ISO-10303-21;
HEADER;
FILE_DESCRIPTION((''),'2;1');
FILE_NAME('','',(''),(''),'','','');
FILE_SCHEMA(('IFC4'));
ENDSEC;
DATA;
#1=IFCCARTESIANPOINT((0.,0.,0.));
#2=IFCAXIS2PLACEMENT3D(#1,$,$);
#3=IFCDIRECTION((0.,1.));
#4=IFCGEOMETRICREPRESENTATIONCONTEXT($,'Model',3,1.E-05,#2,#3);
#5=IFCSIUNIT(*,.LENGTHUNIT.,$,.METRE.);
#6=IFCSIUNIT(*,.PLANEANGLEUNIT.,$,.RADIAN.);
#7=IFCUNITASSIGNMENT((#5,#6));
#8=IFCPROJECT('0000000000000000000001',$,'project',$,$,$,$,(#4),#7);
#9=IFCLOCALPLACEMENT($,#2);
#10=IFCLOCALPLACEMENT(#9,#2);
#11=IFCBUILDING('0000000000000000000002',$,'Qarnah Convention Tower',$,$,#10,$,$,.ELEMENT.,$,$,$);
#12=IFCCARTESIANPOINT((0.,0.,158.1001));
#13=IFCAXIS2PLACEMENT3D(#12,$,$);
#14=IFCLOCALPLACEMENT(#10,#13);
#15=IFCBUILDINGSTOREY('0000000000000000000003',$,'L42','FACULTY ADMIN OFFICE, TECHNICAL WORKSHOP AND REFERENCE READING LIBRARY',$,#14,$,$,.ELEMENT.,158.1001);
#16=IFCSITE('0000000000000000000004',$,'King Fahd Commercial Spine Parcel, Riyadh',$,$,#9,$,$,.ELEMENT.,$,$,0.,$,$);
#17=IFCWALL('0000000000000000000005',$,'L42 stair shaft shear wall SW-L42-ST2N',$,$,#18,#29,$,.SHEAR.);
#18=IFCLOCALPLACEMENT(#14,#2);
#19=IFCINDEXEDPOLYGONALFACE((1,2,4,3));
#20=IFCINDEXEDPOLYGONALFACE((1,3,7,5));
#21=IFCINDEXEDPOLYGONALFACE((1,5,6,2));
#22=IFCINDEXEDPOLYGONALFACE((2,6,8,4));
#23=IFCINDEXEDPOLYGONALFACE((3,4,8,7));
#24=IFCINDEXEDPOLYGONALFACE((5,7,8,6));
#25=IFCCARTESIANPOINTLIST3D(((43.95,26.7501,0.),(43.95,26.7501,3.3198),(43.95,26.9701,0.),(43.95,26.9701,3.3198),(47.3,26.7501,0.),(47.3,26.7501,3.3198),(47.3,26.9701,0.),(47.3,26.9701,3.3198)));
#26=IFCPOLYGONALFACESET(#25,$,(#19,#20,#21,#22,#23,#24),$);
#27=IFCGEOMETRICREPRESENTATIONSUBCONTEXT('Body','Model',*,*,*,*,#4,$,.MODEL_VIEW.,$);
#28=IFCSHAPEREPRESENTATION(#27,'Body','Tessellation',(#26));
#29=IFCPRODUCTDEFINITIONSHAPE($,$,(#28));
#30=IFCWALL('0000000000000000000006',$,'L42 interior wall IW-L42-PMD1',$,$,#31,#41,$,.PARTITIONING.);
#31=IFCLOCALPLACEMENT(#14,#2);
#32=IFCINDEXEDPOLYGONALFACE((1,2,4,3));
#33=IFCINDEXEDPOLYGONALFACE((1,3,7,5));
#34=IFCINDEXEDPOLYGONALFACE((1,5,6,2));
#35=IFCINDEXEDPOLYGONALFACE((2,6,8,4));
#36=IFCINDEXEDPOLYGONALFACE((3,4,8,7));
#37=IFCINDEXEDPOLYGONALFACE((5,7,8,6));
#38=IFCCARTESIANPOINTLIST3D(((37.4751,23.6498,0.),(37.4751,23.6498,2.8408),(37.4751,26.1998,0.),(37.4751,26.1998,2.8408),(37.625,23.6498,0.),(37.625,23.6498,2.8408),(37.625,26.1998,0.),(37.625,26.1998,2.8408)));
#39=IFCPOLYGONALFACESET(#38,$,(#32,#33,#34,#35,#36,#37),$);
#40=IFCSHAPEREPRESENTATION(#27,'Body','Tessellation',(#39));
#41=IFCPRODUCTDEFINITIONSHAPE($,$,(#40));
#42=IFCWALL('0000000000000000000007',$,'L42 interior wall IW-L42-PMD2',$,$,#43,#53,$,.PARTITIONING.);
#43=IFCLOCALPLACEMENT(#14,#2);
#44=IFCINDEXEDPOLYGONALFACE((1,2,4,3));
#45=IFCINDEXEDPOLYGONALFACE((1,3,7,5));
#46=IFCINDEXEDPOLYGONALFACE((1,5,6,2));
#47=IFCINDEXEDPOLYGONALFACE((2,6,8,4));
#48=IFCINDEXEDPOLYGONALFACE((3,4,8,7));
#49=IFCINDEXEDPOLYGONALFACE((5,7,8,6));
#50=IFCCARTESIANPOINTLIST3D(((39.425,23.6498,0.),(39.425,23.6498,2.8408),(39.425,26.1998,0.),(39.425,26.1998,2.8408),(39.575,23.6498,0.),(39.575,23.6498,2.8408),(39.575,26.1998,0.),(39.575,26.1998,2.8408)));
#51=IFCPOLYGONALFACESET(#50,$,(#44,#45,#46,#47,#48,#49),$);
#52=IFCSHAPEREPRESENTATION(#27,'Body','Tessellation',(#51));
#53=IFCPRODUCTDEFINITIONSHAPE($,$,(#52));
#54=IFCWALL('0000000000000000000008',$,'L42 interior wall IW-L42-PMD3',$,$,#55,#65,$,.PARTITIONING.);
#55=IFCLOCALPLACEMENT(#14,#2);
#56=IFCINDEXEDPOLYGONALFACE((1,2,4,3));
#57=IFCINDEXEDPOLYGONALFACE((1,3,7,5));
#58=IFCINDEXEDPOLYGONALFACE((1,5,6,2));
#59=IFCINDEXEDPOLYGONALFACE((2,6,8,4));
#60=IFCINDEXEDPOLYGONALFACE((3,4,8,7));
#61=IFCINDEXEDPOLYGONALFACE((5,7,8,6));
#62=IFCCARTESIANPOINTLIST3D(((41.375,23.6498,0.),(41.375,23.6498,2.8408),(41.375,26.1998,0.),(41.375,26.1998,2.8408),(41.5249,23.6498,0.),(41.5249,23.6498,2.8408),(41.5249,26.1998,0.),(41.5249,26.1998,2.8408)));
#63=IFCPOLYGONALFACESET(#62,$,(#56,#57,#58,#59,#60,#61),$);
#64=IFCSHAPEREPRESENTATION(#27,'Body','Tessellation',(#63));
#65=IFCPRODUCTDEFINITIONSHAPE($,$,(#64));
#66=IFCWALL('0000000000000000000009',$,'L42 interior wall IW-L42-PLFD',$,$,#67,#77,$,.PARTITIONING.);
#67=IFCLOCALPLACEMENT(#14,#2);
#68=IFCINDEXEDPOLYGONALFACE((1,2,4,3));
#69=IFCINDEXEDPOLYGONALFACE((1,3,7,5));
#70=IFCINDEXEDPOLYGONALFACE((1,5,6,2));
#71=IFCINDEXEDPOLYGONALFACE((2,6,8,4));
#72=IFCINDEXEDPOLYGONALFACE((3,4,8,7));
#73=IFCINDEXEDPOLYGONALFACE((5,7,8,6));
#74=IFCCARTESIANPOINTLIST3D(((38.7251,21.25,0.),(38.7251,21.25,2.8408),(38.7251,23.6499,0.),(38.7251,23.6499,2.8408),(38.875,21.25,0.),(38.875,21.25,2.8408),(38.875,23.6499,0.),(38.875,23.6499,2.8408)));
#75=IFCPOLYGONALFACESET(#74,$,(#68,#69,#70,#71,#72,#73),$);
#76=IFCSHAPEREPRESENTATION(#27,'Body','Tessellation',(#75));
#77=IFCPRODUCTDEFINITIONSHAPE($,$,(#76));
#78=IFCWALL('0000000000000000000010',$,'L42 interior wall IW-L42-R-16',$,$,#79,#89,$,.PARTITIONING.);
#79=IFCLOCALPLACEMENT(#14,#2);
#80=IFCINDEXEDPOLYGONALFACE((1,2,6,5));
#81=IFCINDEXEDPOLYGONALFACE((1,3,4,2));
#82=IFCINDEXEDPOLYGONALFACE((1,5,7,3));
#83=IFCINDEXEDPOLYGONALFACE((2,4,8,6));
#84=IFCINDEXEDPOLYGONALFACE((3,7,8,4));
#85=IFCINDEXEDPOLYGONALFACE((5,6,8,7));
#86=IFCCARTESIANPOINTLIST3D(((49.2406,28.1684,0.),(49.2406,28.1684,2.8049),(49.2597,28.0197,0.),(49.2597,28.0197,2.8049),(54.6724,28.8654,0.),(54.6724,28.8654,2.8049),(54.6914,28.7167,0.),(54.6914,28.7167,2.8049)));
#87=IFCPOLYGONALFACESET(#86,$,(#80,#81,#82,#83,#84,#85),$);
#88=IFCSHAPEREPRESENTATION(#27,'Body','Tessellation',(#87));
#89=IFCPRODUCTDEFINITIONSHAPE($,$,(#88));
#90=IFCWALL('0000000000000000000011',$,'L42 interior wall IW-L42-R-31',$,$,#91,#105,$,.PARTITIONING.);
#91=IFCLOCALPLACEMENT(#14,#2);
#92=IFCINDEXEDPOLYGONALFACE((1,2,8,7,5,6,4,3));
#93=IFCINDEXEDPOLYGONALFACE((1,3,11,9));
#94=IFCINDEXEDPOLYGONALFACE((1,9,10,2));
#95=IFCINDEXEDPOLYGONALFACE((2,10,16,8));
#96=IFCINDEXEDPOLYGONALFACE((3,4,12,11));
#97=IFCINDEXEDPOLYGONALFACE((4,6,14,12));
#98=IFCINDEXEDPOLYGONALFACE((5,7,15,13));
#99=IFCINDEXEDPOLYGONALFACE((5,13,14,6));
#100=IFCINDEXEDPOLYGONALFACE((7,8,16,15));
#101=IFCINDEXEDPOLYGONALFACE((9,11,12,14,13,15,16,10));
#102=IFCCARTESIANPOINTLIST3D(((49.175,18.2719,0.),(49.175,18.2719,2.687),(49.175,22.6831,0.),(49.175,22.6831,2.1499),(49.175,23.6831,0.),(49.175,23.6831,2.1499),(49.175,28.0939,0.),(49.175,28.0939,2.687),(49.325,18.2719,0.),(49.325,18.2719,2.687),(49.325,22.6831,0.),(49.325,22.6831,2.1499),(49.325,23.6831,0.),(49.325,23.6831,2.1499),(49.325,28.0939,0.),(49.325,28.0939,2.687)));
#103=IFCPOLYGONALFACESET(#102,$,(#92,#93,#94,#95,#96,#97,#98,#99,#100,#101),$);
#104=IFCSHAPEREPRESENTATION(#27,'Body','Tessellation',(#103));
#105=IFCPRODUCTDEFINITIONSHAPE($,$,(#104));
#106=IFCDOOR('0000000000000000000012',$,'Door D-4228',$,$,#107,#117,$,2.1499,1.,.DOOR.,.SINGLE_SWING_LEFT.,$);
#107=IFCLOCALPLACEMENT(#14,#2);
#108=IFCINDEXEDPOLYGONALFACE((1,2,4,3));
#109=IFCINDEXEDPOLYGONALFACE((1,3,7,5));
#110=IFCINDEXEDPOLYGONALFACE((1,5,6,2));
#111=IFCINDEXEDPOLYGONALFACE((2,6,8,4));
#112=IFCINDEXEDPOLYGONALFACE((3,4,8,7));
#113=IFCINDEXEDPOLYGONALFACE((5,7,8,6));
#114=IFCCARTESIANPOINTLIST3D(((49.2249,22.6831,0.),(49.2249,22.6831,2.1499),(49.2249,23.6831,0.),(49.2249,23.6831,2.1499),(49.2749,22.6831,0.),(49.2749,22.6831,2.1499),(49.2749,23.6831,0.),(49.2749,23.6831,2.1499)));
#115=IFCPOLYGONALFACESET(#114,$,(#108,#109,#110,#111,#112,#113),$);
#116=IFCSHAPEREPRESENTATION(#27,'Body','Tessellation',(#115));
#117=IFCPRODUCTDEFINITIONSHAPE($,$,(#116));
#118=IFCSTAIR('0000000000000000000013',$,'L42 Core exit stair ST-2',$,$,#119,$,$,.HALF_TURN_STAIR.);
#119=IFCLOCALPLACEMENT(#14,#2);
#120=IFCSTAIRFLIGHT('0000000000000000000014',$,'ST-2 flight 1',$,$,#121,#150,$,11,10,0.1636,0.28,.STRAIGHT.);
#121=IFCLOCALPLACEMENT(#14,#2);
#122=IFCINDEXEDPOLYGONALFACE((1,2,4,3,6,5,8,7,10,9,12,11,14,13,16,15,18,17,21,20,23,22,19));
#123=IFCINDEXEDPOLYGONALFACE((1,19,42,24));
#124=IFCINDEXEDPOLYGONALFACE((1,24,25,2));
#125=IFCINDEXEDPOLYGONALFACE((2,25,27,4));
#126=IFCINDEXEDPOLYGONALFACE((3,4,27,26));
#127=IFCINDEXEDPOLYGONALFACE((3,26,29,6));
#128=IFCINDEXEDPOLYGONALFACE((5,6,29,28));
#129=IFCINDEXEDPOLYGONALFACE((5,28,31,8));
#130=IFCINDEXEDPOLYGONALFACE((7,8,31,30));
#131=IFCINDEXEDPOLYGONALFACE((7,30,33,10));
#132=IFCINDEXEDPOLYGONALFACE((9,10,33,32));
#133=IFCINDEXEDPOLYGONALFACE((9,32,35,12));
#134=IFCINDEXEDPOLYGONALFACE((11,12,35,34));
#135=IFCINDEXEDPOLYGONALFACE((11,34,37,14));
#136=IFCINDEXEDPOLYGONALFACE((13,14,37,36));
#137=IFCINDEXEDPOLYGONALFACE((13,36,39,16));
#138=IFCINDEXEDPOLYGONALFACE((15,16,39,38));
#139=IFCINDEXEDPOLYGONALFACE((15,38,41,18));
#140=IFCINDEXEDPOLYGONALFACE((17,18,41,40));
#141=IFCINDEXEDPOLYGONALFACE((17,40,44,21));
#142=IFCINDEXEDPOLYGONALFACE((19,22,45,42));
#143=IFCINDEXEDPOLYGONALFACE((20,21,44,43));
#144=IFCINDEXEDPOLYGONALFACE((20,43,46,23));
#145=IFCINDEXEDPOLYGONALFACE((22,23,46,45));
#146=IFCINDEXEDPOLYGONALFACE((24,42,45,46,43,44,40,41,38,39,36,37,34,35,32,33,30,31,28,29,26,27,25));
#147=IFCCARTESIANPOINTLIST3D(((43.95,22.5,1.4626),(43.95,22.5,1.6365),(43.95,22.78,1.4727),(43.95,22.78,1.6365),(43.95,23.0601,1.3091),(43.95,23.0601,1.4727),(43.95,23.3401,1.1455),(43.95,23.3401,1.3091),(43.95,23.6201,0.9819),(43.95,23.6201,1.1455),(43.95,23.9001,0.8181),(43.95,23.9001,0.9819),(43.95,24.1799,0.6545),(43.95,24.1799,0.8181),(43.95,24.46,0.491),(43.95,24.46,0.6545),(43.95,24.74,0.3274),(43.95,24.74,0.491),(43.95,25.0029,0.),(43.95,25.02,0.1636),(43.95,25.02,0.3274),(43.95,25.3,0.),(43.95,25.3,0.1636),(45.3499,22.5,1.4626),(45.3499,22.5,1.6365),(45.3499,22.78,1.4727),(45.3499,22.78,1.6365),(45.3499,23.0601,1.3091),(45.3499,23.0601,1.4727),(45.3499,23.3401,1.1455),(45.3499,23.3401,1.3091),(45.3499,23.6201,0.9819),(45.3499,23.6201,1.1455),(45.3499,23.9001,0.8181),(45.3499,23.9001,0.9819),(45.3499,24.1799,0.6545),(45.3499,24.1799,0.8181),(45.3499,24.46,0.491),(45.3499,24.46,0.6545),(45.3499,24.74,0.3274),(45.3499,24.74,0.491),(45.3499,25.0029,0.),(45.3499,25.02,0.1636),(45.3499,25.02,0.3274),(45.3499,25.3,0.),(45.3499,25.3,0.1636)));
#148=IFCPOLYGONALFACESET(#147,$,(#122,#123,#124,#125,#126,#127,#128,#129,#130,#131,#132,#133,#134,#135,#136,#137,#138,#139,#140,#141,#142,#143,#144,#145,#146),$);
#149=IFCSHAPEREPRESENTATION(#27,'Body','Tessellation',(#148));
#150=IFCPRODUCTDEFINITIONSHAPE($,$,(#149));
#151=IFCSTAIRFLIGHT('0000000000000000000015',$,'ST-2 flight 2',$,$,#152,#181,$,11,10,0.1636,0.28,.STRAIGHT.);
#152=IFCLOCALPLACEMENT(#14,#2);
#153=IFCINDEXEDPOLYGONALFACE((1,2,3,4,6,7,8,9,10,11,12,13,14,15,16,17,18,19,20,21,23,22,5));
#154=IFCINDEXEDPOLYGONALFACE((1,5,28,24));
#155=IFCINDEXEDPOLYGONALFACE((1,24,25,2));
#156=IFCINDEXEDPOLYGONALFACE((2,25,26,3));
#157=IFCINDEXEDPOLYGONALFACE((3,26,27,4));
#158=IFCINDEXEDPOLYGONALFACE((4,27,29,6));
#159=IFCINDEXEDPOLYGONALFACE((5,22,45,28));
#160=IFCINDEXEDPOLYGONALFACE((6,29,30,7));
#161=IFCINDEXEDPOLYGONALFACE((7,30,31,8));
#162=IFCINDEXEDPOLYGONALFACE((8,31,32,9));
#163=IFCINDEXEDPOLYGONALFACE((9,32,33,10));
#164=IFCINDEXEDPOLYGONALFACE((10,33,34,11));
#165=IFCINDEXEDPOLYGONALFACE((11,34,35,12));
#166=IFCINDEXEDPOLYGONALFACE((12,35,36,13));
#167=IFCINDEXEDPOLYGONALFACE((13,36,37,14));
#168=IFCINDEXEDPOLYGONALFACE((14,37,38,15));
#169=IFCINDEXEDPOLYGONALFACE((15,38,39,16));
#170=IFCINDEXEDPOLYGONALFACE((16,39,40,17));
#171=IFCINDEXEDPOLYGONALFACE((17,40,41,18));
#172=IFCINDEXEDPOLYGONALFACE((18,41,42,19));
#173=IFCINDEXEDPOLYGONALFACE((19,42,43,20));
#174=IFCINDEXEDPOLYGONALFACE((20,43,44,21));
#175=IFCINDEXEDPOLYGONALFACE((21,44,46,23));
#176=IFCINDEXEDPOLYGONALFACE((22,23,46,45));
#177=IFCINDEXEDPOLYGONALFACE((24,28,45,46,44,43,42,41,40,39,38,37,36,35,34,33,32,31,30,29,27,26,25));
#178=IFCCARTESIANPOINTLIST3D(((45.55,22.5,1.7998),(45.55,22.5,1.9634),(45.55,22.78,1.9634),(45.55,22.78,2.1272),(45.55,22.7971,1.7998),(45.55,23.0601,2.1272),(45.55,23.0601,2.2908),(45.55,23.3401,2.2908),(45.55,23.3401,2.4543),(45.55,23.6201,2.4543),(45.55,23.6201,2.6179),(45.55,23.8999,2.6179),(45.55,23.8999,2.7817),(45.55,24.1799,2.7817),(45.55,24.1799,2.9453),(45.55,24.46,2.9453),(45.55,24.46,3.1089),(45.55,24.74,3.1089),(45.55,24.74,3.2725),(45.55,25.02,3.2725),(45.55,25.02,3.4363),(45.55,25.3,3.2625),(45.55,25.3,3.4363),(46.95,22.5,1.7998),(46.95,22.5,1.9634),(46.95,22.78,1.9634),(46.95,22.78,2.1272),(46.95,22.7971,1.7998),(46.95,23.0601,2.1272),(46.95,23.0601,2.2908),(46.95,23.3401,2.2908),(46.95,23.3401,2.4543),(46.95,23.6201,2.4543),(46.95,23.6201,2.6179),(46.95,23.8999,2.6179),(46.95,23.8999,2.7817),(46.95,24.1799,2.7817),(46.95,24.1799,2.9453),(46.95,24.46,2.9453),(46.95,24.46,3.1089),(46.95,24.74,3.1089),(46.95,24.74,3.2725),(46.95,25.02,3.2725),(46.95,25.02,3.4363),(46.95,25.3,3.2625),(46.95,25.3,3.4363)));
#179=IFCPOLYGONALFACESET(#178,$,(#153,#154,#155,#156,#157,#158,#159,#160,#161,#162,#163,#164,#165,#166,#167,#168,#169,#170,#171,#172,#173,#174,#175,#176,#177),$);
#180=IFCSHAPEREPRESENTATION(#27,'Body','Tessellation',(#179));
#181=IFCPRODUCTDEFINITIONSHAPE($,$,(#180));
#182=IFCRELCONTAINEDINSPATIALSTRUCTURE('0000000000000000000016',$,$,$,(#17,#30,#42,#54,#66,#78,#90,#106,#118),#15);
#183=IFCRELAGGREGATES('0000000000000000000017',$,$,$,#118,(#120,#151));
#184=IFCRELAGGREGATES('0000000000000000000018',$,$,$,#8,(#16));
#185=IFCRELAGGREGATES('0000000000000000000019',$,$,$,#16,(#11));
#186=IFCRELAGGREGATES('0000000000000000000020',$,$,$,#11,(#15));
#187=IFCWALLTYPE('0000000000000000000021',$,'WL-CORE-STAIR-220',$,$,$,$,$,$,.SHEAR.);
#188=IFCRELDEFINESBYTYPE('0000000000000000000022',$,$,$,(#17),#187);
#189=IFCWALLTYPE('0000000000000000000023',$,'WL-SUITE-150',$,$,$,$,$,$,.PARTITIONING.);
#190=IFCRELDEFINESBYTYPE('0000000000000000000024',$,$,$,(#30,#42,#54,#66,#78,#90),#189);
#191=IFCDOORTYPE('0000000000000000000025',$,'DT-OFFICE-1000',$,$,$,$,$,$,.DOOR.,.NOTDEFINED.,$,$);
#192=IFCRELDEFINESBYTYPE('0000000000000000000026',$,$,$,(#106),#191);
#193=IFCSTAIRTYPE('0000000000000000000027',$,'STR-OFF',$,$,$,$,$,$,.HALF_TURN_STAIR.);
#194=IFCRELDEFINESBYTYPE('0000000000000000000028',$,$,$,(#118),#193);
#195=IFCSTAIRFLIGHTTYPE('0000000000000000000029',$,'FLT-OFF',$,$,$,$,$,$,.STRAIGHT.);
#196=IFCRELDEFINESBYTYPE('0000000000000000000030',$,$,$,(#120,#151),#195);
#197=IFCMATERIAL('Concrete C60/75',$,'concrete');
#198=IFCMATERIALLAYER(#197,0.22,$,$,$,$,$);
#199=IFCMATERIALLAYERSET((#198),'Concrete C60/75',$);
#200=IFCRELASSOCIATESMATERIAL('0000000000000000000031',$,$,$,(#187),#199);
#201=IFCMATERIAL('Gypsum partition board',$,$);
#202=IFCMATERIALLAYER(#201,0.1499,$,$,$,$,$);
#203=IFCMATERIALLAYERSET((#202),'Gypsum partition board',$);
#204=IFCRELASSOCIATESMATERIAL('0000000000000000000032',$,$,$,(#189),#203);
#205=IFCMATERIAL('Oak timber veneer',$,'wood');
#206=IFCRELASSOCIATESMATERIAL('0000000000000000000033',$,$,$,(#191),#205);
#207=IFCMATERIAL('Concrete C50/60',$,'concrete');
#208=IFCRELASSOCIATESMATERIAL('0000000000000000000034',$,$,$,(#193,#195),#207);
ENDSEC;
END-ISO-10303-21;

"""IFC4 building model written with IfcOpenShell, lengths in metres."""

from ifc_helpers import new_model, si_unit, direction, frame, frame_2d, origin, place, context, subcontext, project, spatial, polyline, rectangle, outline, extrude, material, layer, layer_set, type_object, element, fill, aggregate, save


model = new_model("IFC4")

# Units and contexts
model_context = context("Model", 3, precision=1e-05, world=origin(), true_north=direction((0.0, 1.0)))
body_context = subcontext(model_context, "Body", "Model", "MODEL_VIEW")
ifc_project = project(units=[si_unit("LENGTHUNIT", "METRE"), si_unit("PLANEANGLEUNIT", "RADIAN")], contexts=[model_context])

# Site, building, storey
site_placement = place(None, origin())
site = spatial("IfcSite", under=ifc_project, at=site_placement, Name="King Fahd Commercial Spine Parcel, Riyadh", CompositionType="ELEMENT", RefElevation=0.0)
building_placement = place(site_placement, origin())
building = spatial("IfcBuilding", under=site, at=building_placement, Name="Qarnah Convention Tower", CompositionType="ELEMENT")
storey_placement = place(building_placement, frame((0.0, 0.0, 158.1001)))
storey = spatial("IfcBuildingStorey", under=building, at=storey_placement, Name="L42", Description="FACULTY ADMIN OFFICE, TECHNICAL WORKSHOP AND REFERENCE READING LIBRARY", CompositionType="ELEMENT", Elevation=158.1001)

# Shared definitions
ifc_material_1 = material(Name="Concrete C60/75", Category="concrete")

# Walls
ifc_layer_1 = layer(ifc_material_1, 0.22)
ifc_layer_set_1 = layer_set([ifc_layer_1], Name="Concrete C60/75")
wall_type_1 = type_object("IfcWallType", Name="WL-CORE-STAIR-220", PredefinedType="SHEAR", material=ifc_layer_set_1)
wall_1_placement = place(storey_placement, frame((43.95, 26.8601, 0.0), z_axis=(0.0, 0.0, 1.0), x_axis=(1.0, 0.0, 0.0)))
element("IfcWall", 1, at=wall_1_placement, inside=storey, type_object=wall_type_1, Name="L42 stair shaft shear wall SW-L42-ST2N", PredefinedType="SHEAR", context=body_context, shape_type="SweptSolid", body=[
    extrude(rectangle(XDim=3.3501, YDim=0.22, at=frame_2d((1.675, 0.0))), origin(), (0.0, 0.0, 1.0), 3.3198),
])
ifc_material_2 = material(Name="Gypsum partition board")
ifc_layer_2 = layer(ifc_material_2, 0.1499)
ifc_layer_set_2 = layer_set([ifc_layer_2], Name="Gypsum partition board")
wall_type_2 = type_object("IfcWallType", Name="WL-SUITE-150", PredefinedType="PARTITIONING", material=ifc_layer_set_2)
for number, where, z_axis, x_axis, name in (
    (2, (37.55, 23.6499, 0.0), (0.0, 0.0, 1.0), (0.0, 1.0, 0.0), "L42 interior wall IW-L42-PMD1"),
    (3, (39.5, 23.6499, 0.0), (0.0, 0.0, 1.0), (0.0, 1.0, 0.0), "L42 interior wall IW-L42-PMD2"),
    (4, (41.45, 23.6499, 0.0), (0.0, 0.0, 1.0), (0.0, 1.0, 0.0), "L42 interior wall IW-L42-PMD3"),
):
    element("IfcWall", number, at=place(storey_placement, frame(where, z_axis=z_axis, x_axis=x_axis)), inside=storey, type_object=wall_type_2, Name=name, PredefinedType="PARTITIONING", context=body_context, shape_type="SweptSolid", body=[
        extrude(rectangle(XDim=2.55, YDim=0.1499, at=frame_2d((1.2749, 0.0))), origin(), (0.0, 0.0, 1.0), 2.8408),
    ])
wall_2_placement = place(storey_placement, frame((38.8, 21.25, 0.0), z_axis=(0.0, 0.0, 1.0), x_axis=(0.0, 1.0, 0.0)))
element("IfcWall", 5, at=wall_2_placement, inside=storey, type_object=wall_type_2, Name="L42 interior wall IW-L42-PLFD", PredefinedType="PARTITIONING", context=body_context, shape_type="SweptSolid", body=[
    extrude(rectangle(XDim=2.3999, YDim=0.1499, at=frame_2d((1.2, 0.0))), origin(), (0.0, 0.0, 1.0), 2.8408),
])
wall_3_placement = place(storey_placement, frame((49.25, 28.094, 0.0), z_axis=(0.0, 0.0, 1.0), x_axis=(0.991867, 0.127277, 0.0)))
element("IfcWall", 6, at=wall_3_placement, inside=storey, type_object=wall_type_2, Name="L42 interior wall IW-L42-R-16", PredefinedType="PARTITIONING", context=body_context, shape_type="SweptSolid", body=[
    extrude(rectangle(XDim=5.4763, YDim=0.1499, at=frame_2d((2.7383, 0.0))), origin(), (0.0, 0.0, 1.0), 2.8049),
])

# Wall, opening, door
wall_4_placement = place(storey_placement, frame((49.25, 28.094, 0.0), z_axis=(0.0, 0.0, 1.0), x_axis=(0.0, -1.0, 0.0)))
wall_4 = element("IfcWall", 7, at=wall_4_placement, inside=storey, type_object=wall_type_2, Name="L42 interior wall IW-L42-R-31", PredefinedType="PARTITIONING", context=body_context, shape_type="SweptSolid", body=[
    extrude(rectangle(XDim=9.822, YDim=0.1499, at=frame_2d((4.9111, 0.0))), origin(), (0.0, 0.0, 1.0), 2.687),
])
opening_placement = place(wall_4_placement, frame((4.4109, 0.0, 0.0)))
opening = element("IfcOpeningElement", 8, at=opening_placement, cuts=wall_4, PredefinedType="OPENING", context=body_context, shape_type="SweptSolid", body=[
    extrude(rectangle(XDim=1.0, YDim=2.1499, at=frame_2d((0.5, 1.075))), frame((0.0, 0.085, 0.0), z_axis=(0.0, -1.0, 0.0), x_axis=(1.0, 0.0, 0.0)), (0.0, 0.0, 1.0), 0.1699),
])
ifc_material_3 = material(Name="Oak timber veneer", Category="wood")
door_type = type_object("IfcDoorType", Name="DT-OFFICE-1000", OperationType="NOTDEFINED", PredefinedType="DOOR", material=ifc_material_3)
door_placement = place(opening_placement, origin())
door = element("IfcDoor", 9, at=door_placement, inside=storey, type_object=door_type, Name="Door D-4228", OperationType="SINGLE_SWING_LEFT", OverallHeight=2.1499, OverallWidth=1.0, PredefinedType="DOOR", context=body_context, shape_type="SweptSolid", body=[
    extrude(rectangle(XDim=1.0, YDim=2.1499, at=frame_2d((0.5, 1.075))), frame((0.0, 0.0249, 0.0), z_axis=(0.0, -1.0, 0.0), x_axis=(1.0, 0.0, 0.0)), (0.0, 0.0, 1.0), 0.05),
])
fill(opening, door)

# Stair, stair flights
ifc_material_4 = material(Name="Concrete C50/60", Category="concrete")
stair_type = type_object("IfcStairType", Name="STR-OFF", PredefinedType="HALF_TURN_STAIR", material=ifc_material_4)
stair_placement = place(storey_placement, origin())
stair = element("IfcStair", 10, at=stair_placement, inside=storey, type_object=stair_type, Name="L42 Core exit stair ST-2", PredefinedType="HALF_TURN_STAIR")
stair_flight_type = type_object("IfcStairFlightType", Name="FLT-OFF", PredefinedType="STRAIGHT", material=ifc_material_4)
stair_flight_1_placement = place(storey_placement, frame((44.6499, 25.3, 0.0), z_axis=(0.0, 0.0, 1.0), x_axis=(0.0, -1.0, 0.0)))
stair_flight_1 = element("IfcStairFlight", 11, at=stair_flight_1_placement, type_object=stair_flight_type, Name="ST-2 flight 1", NumberOfRisers=11, NumberOfTreads=10, PredefinedType="STRAIGHT", RiserHeight=0.1636, TreadLength=0.28, context=body_context, shape_type="SweptSolid", body=[
    extrude(outline(polyline([(0.0, 0.0), (0.0, 0.1636), (0.28, 0.1636), (0.28, 0.3274), (0.5601, 0.3274), (0.5601, 0.491), (0.8401, 0.491), (0.8401, 0.6545), (1.1201, 0.6545), (1.1201, 0.8181), (1.3999, 0.8181), (1.3999, 0.9819), (1.6799, 0.9819), (1.6799, 1.1455), (1.96, 1.1455), (1.96, 1.3091), (2.24, 1.3091), (2.24, 1.4727), (2.52, 1.4727), (2.52, 1.6365), (2.8, 1.6365), (2.8, 1.8), (2.8, 1.4626), (0.2971, 0.0), (0.0, 0.0)])), frame((0.0, 0.7, 0.0), z_axis=(0.0, -1.0, 0.0), x_axis=(1.0, 0.0, 0.0)), (0.0, 0.0, 1.0), 1.3999),
])
stair_flight_2_placement = place(storey_placement, frame((46.25, 22.5, 1.7998), z_axis=(0.0, 0.0, 1.0), x_axis=(0.0, 1.0, 0.0)))
stair_flight_2 = element("IfcStairFlight", 12, at=stair_flight_2_placement, type_object=stair_flight_type, Name="ST-2 flight 2", NumberOfRisers=11, NumberOfTreads=10, PredefinedType="STRAIGHT", RiserHeight=0.1636, TreadLength=0.28, context=body_context, shape_type="SweptSolid", body=[
    extrude(outline(polyline([(0.0, 0.0), (0.0, 0.1636), (0.28, 0.1636), (0.28, 0.3274), (0.5601, 0.3274), (0.5601, 0.491), (0.8401, 0.491), (0.8401, 0.6545), (1.1201, 0.6545), (1.1201, 0.8181), (1.3999, 0.8181), (1.3999, 0.9819), (1.6799, 0.9819), (1.6799, 1.1455), (1.96, 1.1455), (1.96, 1.3091), (2.24, 1.3091), (2.24, 1.4727), (2.52, 1.4727), (2.52, 1.6365), (2.8, 1.6365), (2.8, 1.8), (2.8, 1.4626), (0.2971, 0.0), (0.0, 0.0)])), frame((0.0, 0.7, 0.0), z_axis=(0.0, -1.0, 0.0), x_axis=(1.0, 0.0, 0.0)), (0.0, 0.0, 1.0), 1.3999),
])
aggregate(stair, [stair_flight_1, stair_flight_2])

save(model, "model.ifc")
